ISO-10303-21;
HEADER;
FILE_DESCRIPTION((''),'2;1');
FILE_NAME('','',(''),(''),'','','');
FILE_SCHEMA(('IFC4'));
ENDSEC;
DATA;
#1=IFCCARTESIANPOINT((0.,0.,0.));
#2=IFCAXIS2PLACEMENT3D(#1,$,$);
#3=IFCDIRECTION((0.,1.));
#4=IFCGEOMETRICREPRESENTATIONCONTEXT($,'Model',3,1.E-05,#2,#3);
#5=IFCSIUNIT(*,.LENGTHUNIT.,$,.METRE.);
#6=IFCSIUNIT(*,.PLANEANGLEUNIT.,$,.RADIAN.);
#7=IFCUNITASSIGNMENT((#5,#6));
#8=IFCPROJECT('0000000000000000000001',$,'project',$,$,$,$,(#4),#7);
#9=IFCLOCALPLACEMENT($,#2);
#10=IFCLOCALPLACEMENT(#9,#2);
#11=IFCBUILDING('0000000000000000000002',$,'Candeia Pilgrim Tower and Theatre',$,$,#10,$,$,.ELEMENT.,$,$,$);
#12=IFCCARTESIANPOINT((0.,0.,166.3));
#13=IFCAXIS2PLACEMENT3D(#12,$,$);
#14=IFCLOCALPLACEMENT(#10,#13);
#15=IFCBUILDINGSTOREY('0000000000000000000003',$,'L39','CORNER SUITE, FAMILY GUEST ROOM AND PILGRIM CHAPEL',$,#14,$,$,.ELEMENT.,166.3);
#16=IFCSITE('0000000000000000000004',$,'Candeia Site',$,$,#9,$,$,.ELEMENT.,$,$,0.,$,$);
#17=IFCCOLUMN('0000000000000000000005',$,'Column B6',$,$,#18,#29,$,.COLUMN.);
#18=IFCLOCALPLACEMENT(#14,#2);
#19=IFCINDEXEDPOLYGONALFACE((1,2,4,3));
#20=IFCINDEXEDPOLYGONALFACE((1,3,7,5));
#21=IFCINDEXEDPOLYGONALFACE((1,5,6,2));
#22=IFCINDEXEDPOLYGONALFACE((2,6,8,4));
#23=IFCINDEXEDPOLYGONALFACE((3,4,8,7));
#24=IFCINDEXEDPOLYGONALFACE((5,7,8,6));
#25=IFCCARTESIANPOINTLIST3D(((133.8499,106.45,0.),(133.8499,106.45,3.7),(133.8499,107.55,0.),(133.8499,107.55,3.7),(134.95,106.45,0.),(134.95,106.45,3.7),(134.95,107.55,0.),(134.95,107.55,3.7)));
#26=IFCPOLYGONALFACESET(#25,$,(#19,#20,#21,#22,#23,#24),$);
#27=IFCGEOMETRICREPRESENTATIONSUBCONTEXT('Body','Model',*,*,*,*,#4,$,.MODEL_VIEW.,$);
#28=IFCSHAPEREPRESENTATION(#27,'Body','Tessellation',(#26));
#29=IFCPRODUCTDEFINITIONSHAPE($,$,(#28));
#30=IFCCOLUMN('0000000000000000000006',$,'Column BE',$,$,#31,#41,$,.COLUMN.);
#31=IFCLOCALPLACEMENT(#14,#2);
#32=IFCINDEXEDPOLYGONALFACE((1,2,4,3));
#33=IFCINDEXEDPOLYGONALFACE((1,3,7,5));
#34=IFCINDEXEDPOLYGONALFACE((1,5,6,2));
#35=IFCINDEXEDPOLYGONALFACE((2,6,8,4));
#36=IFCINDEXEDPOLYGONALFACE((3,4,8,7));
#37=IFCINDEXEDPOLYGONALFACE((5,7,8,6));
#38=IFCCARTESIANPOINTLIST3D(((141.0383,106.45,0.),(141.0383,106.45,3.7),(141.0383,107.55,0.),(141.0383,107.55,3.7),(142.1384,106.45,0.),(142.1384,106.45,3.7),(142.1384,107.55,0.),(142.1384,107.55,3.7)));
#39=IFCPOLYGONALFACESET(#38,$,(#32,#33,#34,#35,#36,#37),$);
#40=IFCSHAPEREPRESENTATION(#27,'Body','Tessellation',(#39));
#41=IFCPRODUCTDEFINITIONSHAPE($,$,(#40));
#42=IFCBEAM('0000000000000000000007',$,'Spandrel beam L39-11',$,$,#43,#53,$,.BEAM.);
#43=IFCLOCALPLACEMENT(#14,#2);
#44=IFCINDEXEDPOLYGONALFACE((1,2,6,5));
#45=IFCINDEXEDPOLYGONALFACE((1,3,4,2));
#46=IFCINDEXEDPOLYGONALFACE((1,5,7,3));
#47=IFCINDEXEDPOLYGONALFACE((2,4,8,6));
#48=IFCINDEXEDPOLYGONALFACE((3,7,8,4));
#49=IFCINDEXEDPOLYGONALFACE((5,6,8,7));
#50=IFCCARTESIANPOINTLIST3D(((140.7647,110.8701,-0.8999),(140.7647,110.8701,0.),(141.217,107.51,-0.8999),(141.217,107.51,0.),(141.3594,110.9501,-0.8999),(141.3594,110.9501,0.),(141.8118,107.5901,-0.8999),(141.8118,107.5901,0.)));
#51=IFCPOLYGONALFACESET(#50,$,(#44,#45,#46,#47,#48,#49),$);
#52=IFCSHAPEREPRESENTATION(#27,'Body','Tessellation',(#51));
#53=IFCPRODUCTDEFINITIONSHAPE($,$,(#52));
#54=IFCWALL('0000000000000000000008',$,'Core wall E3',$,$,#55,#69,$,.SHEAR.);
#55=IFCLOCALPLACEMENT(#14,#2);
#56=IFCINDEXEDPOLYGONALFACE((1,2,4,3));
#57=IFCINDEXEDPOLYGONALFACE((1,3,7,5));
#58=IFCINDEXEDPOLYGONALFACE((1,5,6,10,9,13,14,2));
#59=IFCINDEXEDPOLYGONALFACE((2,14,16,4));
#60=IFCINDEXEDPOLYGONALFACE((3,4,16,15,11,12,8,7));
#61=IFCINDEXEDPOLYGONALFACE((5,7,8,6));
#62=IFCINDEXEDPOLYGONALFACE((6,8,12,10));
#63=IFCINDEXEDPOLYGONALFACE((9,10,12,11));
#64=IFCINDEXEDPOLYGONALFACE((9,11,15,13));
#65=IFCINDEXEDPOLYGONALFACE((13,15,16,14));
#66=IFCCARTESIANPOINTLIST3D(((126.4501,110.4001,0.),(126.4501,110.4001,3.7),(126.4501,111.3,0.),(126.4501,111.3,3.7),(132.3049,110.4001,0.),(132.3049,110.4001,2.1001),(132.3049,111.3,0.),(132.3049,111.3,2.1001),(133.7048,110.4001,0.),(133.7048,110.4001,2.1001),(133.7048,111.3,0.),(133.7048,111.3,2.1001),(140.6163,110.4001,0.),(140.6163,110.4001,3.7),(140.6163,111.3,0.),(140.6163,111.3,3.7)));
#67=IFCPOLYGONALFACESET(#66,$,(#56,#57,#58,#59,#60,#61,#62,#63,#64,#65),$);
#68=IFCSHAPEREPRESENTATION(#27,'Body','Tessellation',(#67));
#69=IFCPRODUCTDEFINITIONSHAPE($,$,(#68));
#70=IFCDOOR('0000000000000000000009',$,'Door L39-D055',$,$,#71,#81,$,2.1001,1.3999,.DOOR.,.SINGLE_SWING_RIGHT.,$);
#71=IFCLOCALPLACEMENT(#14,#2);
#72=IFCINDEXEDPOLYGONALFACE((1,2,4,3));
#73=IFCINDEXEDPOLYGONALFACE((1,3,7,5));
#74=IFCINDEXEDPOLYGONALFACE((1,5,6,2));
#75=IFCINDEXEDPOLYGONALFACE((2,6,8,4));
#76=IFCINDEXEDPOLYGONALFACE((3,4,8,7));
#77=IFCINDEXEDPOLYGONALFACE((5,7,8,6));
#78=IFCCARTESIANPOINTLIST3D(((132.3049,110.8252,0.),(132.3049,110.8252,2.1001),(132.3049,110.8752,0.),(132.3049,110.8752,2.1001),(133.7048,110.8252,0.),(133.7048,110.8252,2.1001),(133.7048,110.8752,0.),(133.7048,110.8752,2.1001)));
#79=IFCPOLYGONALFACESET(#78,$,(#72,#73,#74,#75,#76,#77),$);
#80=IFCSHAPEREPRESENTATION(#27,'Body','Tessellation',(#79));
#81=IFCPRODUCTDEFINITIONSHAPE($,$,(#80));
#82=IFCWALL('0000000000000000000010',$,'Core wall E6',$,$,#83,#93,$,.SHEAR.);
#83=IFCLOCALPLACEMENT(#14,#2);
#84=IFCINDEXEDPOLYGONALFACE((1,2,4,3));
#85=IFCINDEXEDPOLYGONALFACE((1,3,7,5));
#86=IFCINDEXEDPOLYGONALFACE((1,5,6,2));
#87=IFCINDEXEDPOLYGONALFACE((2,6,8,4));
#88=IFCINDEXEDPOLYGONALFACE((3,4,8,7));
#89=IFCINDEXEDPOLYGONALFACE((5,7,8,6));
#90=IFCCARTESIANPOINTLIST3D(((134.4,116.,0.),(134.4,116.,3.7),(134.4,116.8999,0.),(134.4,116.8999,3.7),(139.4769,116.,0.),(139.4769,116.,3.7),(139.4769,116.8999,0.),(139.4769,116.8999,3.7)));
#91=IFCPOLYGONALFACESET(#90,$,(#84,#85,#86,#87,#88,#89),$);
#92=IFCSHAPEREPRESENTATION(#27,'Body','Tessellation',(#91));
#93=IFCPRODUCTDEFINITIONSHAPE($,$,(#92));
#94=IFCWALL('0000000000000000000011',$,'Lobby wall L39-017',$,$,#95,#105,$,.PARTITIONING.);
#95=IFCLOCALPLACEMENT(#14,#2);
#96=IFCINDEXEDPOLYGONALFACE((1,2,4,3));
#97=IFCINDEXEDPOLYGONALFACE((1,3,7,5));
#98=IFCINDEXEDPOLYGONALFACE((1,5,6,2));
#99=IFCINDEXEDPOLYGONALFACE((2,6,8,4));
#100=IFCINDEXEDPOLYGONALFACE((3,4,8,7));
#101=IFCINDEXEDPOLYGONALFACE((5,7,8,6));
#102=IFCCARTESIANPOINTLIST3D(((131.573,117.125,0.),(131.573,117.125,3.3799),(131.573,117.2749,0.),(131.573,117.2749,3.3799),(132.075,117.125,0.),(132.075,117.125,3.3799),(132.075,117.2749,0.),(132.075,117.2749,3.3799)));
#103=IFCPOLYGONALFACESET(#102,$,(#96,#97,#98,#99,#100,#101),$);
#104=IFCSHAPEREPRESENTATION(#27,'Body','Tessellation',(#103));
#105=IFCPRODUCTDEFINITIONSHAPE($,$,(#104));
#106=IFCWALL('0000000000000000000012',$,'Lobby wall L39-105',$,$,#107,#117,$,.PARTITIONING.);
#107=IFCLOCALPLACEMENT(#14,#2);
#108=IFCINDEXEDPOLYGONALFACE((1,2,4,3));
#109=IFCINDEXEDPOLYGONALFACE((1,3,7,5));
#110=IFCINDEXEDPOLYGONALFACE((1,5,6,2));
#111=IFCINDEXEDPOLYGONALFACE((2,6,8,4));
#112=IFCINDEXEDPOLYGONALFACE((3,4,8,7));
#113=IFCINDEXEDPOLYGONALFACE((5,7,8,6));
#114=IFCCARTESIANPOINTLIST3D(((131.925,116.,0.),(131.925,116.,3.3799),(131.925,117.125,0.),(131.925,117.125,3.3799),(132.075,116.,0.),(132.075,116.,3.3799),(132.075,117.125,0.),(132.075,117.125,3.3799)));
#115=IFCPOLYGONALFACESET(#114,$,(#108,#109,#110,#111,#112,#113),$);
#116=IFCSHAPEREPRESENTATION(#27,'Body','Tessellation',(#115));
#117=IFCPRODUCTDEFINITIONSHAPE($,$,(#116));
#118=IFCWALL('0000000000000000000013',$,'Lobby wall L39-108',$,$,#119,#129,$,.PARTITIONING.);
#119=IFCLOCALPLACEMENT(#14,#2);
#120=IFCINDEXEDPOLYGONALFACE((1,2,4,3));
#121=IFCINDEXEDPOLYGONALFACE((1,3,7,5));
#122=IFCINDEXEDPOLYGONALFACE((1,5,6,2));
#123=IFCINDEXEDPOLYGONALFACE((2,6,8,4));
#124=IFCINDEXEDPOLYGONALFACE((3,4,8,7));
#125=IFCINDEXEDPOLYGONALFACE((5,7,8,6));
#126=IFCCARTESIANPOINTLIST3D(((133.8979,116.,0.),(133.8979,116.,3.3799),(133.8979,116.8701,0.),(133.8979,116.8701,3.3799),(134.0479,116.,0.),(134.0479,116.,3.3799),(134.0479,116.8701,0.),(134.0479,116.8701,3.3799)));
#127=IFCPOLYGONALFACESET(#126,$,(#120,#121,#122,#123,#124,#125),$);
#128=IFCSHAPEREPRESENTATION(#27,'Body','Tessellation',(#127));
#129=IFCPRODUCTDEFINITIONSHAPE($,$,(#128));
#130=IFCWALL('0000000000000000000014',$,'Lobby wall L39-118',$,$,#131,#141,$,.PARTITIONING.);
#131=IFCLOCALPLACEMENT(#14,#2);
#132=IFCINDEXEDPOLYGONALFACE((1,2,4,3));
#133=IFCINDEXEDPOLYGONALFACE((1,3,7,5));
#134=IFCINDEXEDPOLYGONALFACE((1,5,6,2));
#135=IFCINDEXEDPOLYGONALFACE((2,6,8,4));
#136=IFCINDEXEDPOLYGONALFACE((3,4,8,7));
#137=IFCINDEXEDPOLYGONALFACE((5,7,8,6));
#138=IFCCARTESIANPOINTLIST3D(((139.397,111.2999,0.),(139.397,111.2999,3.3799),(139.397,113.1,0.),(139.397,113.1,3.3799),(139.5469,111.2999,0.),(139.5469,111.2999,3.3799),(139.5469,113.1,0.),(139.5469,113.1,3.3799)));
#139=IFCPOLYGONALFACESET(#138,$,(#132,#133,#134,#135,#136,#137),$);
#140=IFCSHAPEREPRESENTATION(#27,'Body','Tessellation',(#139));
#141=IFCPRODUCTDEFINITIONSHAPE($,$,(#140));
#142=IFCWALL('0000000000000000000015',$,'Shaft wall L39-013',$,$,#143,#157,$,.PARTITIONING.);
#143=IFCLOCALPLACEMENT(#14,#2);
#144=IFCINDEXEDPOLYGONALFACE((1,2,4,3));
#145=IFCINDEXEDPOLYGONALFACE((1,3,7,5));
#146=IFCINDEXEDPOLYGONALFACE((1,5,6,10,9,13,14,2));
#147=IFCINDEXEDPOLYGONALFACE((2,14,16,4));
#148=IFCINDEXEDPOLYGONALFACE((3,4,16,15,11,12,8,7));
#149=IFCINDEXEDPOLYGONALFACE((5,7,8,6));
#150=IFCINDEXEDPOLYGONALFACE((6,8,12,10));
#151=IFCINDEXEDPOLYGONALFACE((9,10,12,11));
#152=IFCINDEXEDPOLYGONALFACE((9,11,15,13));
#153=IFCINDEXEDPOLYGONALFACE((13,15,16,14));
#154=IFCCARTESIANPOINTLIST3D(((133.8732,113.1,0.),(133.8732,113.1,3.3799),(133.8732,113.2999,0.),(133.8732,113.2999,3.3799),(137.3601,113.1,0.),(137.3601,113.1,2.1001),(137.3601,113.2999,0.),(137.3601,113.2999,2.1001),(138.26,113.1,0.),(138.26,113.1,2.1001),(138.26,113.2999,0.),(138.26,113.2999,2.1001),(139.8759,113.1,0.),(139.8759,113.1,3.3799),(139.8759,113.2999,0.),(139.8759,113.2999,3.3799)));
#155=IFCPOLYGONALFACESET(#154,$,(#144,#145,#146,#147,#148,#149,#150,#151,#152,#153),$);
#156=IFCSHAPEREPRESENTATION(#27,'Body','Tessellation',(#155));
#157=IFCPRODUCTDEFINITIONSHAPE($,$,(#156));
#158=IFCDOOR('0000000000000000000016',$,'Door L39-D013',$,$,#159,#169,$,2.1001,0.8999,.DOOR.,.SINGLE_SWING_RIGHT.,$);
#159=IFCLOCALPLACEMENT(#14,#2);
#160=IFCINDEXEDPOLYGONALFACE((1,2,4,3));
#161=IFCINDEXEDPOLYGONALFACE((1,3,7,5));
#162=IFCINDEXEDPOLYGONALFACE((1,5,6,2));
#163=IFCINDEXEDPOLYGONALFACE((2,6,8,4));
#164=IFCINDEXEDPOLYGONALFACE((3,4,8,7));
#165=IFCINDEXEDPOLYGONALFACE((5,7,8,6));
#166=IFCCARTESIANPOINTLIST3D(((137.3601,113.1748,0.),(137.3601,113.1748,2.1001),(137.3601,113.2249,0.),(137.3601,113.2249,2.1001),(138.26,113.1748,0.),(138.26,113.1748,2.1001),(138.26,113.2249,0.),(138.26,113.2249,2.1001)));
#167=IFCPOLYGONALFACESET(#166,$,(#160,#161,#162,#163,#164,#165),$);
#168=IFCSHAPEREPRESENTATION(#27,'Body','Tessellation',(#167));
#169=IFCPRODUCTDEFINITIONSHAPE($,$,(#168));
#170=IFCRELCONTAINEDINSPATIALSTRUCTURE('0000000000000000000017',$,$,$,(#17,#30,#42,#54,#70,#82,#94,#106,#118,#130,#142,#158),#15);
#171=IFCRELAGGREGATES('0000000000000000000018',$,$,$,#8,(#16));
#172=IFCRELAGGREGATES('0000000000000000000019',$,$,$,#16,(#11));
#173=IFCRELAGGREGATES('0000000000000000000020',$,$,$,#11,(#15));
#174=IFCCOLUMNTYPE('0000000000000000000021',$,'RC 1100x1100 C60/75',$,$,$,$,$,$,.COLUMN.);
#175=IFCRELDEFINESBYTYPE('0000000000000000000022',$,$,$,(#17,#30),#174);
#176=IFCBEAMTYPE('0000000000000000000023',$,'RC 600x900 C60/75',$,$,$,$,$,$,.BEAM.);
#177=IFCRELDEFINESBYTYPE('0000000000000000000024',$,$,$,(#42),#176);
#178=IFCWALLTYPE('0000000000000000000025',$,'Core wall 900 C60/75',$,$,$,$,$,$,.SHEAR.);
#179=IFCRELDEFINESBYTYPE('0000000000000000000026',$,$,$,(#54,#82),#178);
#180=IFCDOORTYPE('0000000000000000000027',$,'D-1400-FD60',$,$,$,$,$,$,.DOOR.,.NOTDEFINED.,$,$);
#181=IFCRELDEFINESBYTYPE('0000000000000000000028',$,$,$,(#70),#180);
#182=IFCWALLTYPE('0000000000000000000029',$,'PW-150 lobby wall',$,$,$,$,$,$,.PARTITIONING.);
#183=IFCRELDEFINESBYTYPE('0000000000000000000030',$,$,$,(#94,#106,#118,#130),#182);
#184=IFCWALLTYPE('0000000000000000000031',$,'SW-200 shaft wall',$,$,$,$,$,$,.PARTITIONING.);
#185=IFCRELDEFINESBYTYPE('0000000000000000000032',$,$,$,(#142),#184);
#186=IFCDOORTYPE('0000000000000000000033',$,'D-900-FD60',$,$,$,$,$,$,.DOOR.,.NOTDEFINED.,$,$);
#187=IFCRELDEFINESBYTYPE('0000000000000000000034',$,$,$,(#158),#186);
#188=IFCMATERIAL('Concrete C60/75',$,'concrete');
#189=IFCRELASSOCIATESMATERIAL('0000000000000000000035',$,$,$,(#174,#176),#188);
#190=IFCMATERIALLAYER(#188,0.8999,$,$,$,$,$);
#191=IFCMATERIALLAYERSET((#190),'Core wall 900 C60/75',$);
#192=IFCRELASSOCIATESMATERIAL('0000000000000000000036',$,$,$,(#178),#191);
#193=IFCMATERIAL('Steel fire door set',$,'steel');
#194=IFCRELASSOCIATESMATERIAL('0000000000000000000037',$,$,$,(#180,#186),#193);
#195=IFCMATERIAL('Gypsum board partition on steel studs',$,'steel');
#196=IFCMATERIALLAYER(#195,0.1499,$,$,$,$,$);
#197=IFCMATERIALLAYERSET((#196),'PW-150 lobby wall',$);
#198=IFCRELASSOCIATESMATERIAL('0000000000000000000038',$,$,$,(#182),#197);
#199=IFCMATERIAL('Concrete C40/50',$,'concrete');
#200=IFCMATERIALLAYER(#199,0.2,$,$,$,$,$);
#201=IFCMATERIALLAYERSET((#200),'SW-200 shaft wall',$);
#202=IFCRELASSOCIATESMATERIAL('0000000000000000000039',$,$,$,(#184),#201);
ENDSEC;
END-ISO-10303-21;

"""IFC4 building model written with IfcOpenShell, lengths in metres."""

from ifc_helpers import new_model, si_unit, direction, frame, frame_2d, origin, origin_2d, place, context, subcontext, project, spatial, rectangle, extrude, material, layer, layer_set, material_profile, profile_set, type_object, element, fill, save


model = new_model("IFC4")

# Units and contexts
model_context = context("Model", 3, precision=1e-05, world=origin(), true_north=direction((0.0, 1.0)))
body_context = subcontext(model_context, "Body", "Model", "MODEL_VIEW")
ifc_project = project(units=[si_unit("LENGTHUNIT", "METRE"), si_unit("PLANEANGLEUNIT", "RADIAN")], contexts=[model_context])

# Site, building, storey
site_placement = place(None, origin())
site = spatial("IfcSite", under=ifc_project, at=site_placement, Name="Candeia Site", CompositionType="ELEMENT", RefElevation=0.0)
building_placement = place(site_placement, origin())
building = spatial("IfcBuilding", under=site, at=building_placement, Name="Candeia Pilgrim Tower and Theatre", CompositionType="ELEMENT")
storey_placement = place(building_placement, frame((0.0, 0.0, 166.3)))
storey = spatial("IfcBuildingStorey", under=building, at=storey_placement, Name="L39", Description="CORNER SUITE, FAMILY GUEST ROOM AND PILGRIM CHAPEL", CompositionType="ELEMENT", Elevation=166.3)

# Columns
ifc_material_1 = material(Name="Concrete C60/75", Category="concrete")
ifc_material_profile_1 = material_profile(ifc_material_1, rectangle(XDim=1.1001, YDim=1.1001, at=origin_2d()))
ifc_profile_set_1 = profile_set([ifc_material_profile_1], Name="Concrete C60/75")
column_type = type_object("IfcColumnType", Name="RC 1100x1100 C60/75", PredefinedType="COLUMN", material=ifc_profile_set_1)
for number, where, z_axis, x_axis, name in (
    (1, (134.3999, 107.0, 0.0), (0.0, 0.0, 1.0), (1.0, 0.0, 0.0), "Column B6"),
    (2, (141.5884, 107.0, 0.0), (0.0, 0.0, 1.0), (1.0, 0.0, 0.0), "Column BE"),
):
    element("IfcColumn", number, at=place(storey_placement, frame(where, z_axis=z_axis, x_axis=x_axis)), inside=storey, type_object=column_type, Name=name, PredefinedType="COLUMN", context=body_context, shape_type="SweptSolid", body=[
        extrude(rectangle(XDim=1.1001, YDim=1.1001, at=origin_2d()), origin(), (0.0, 0.0, 1.0), 3.7),
    ])

# Beam
ifc_material_profile_2 = material_profile(ifc_material_1, rectangle(XDim=0.6001, YDim=0.8999, at=origin_2d()))
ifc_profile_set_2 = profile_set([ifc_material_profile_2], Name="Concrete C60/75")
beam_type = type_object("IfcBeamType", Name="RC 600x900 C60/75", PredefinedType="BEAM", material=ifc_profile_set_2)
beam_placement = place(storey_placement, frame((141.5144, 107.55, -0.45), z_axis=(-0.133432, 0.991058, 0.0), x_axis=(-0.991058, -0.133432, 0.0)))
element("IfcBeam", 3, at=beam_placement, inside=storey, type_object=beam_type, Name="Spandrel beam L39-11", PredefinedType="BEAM", context=body_context, shape_type="SweptSolid", body=[
    extrude(rectangle(XDim=0.6001, YDim=0.8999, at=origin_2d()), origin(), (0.0, 0.0, 1.0), 3.3904),
])

# Wall, opening, door
ifc_layer_1 = layer(ifc_material_1, 0.8999)
ifc_layer_set_1 = layer_set([ifc_layer_1], Name="Core wall 900 C60/75")
wall_type_1 = type_object("IfcWallType", Name="Core wall 900 C60/75", PredefinedType="SHEAR", material=ifc_layer_set_1)
wall_1_placement = place(storey_placement, frame((140.6162, 110.8501, 0.0), z_axis=(0.0, 0.0, 1.0), x_axis=(-1.0, 0.0, 0.0)))
wall_1 = element("IfcWall", 4, at=wall_1_placement, inside=storey, type_object=wall_type_1, Name="Core wall E3", PredefinedType="SHEAR", context=body_context, shape_type="SweptSolid", body=[
    extrude(rectangle(XDim=14.1663, YDim=0.8999, at=frame_2d((7.083, 0.0))), origin(), (0.0, 0.0, 1.0), 3.7),
])
opening_1_placement = place(wall_1_placement, frame((6.9114, 0.0, 0.0)))
opening_1 = element("IfcOpeningElement", 5, at=opening_1_placement, cuts=wall_1, PredefinedType="OPENING", context=body_context, shape_type="SweptSolid", body=[
    extrude(rectangle(XDim=1.3999, YDim=2.1001, at=frame_2d((0.7, 1.05))), frame((0.0, 0.46, 0.0), z_axis=(0.0, -1.0, 0.0), x_axis=(1.0, 0.0, 0.0)), (0.0, 0.0, 1.0), 0.9199),
])
ifc_material_2 = material(Name="Steel fire door set", Category="steel")
door_type_1 = type_object("IfcDoorType", Name="D-1400-FD60", OperationType="NOTDEFINED", PredefinedType="DOOR", material=ifc_material_2)
door_1_placement = place(opening_1_placement, origin())
door_1 = element("IfcDoor", 6, at=door_1_placement, inside=storey, type_object=door_type_1, Name="Door L39-D055", OperationType="SINGLE_SWING_RIGHT", OverallHeight=2.1001, OverallWidth=1.3999, PredefinedType="DOOR", context=body_context, shape_type="SweptSolid", body=[
    extrude(rectangle(XDim=1.3999, YDim=2.1001, at=frame_2d((0.7, 1.05))), frame((0.0, 0.0249, 0.0), z_axis=(0.0, -1.0, 0.0), x_axis=(1.0, 0.0, 0.0)), (0.0, 0.0, 1.0), 0.05),
])
fill(opening_1, door_1)

# Walls
wall_2_placement = place(storey_placement, frame((134.3999, 116.45, 0.0), z_axis=(0.0, 0.0, 1.0), x_axis=(1.0, 0.0, 0.0)))
element("IfcWall", 7, at=wall_2_placement, inside=storey, type_object=wall_type_1, Name="Core wall E6", PredefinedType="SHEAR", context=body_context, shape_type="SweptSolid", body=[
    extrude(rectangle(XDim=5.0769, YDim=0.8999, at=frame_2d((2.5386, 0.0))), origin(), (0.0, 0.0, 1.0), 3.7),
])
ifc_material_3 = material(Name="Gypsum board partition on steel studs", Category="steel")
ifc_layer_2 = layer(ifc_material_3, 0.1499)
ifc_layer_set_2 = layer_set([ifc_layer_2], Name="PW-150 lobby wall")
wall_type_2 = type_object("IfcWallType", Name="PW-150 lobby wall", PredefinedType="PARTITIONING", material=ifc_layer_set_2)
wall_3_placement = place(storey_placement, frame((131.573, 117.2, 0.0), z_axis=(0.0, 0.0, 1.0), x_axis=(1.0, 0.0, 0.0)))
element("IfcWall", 8, at=wall_3_placement, inside=storey, type_object=wall_type_2, Name="Lobby wall L39-017", PredefinedType="PARTITIONING", context=body_context, shape_type="SweptSolid", body=[
    extrude(rectangle(XDim=0.502, YDim=0.1499, at=frame_2d((0.251, 0.0))), origin(), (0.0, 0.0, 1.0), 3.3799),
])
wall_4_placement = place(storey_placement, frame((132.0, 116.0, 0.0), z_axis=(0.0, 0.0, 1.0), x_axis=(0.0, 1.0, 0.0)))
element("IfcWall", 9, at=wall_4_placement, inside=storey, type_object=wall_type_2, Name="Lobby wall L39-105", PredefinedType="PARTITIONING", context=body_context, shape_type="SweptSolid", body=[
    extrude(rectangle(XDim=1.125, YDim=0.1499, at=frame_2d((0.5625, 0.0))), origin(), (0.0, 0.0, 1.0), 3.3799),
])
wall_5_placement = place(storey_placement, frame((133.9729, 116.0, 0.0), z_axis=(0.0, 0.0, 1.0), x_axis=(0.0, 1.0, 0.0)))
element("IfcWall", 10, at=wall_5_placement, inside=storey, type_object=wall_type_2, Name="Lobby wall L39-108", PredefinedType="PARTITIONING", context=body_context, shape_type="SweptSolid", body=[
    extrude(rectangle(XDim=0.8701, YDim=0.1499, at=frame_2d((0.4351, 0.0))), origin(), (0.0, 0.0, 1.0), 3.3799),
])
wall_6_placement = place(storey_placement, frame((139.4719, 111.3, 0.0), z_axis=(0.0, 0.0, 1.0), x_axis=(0.0, 1.0, 0.0)))
element("IfcWall", 11, at=wall_6_placement, inside=storey, type_object=wall_type_2, Name="Lobby wall L39-118", PredefinedType="PARTITIONING", context=body_context, shape_type="SweptSolid", body=[
    extrude(rectangle(XDim=1.8, YDim=0.1499, at=frame_2d((0.8999, 0.0))), origin(), (0.0, 0.0, 1.0), 3.3799),
])

# Wall, opening, door
ifc_material_4 = material(Name="Concrete C40/50", Category="concrete")
ifc_layer_3 = layer(ifc_material_4, 0.2)
ifc_layer_set_3 = layer_set([ifc_layer_3], Name="SW-200 shaft wall")
wall_type_3 = type_object("IfcWallType", Name="SW-200 shaft wall", PredefinedType="PARTITIONING", material=ifc_layer_set_3)
wall_7_placement = place(storey_placement, frame((133.873, 113.2, 0.0), z_axis=(0.0, 0.0, 1.0), x_axis=(1.0, 0.0, 0.0)))
wall_7 = element("IfcWall", 12, at=wall_7_placement, inside=storey, type_object=wall_type_3, Name="Shaft wall L39-013", PredefinedType="PARTITIONING", context=body_context, shape_type="SweptSolid", body=[
    extrude(rectangle(XDim=6.0027, YDim=0.2, at=frame_2d((3.0015, 0.0))), origin(), (0.0, 0.0, 1.0), 3.3799),
])
opening_2_placement = place(wall_7_placement, frame((3.4871, 0.0, 0.0)))
opening_2 = element("IfcOpeningElement", 13, at=opening_2_placement, cuts=wall_7, PredefinedType="OPENING", context=body_context, shape_type="SweptSolid", body=[
    extrude(rectangle(XDim=0.8999, YDim=2.1001, at=frame_2d((0.45, 1.05))), frame((0.0, 0.1099, 0.0), z_axis=(0.0, -1.0, 0.0), x_axis=(1.0, 0.0, 0.0)), (0.0, 0.0, 1.0), 0.22),
])
door_type_2 = type_object("IfcDoorType", Name="D-900-FD60", OperationType="NOTDEFINED", PredefinedType="DOOR", material=ifc_material_2)
door_2_placement = place(opening_2_placement, origin())
door_2 = element("IfcDoor", 14, at=door_2_placement, inside=storey, type_object=door_type_2, Name="Door L39-D013", OperationType="SINGLE_SWING_RIGHT", OverallHeight=2.1001, OverallWidth=0.8999, PredefinedType="DOOR", context=body_context, shape_type="SweptSolid", body=[
    extrude(rectangle(XDim=0.8999, YDim=2.1001, at=frame_2d((0.45, 1.05))), frame((0.0, 0.0249, 0.0), z_axis=(0.0, -1.0, 0.0), x_axis=(1.0, 0.0, 0.0)), (0.0, 0.0, 1.0), 0.05),
])
fill(opening_2, door_2)

save(model, "model.ifc")
